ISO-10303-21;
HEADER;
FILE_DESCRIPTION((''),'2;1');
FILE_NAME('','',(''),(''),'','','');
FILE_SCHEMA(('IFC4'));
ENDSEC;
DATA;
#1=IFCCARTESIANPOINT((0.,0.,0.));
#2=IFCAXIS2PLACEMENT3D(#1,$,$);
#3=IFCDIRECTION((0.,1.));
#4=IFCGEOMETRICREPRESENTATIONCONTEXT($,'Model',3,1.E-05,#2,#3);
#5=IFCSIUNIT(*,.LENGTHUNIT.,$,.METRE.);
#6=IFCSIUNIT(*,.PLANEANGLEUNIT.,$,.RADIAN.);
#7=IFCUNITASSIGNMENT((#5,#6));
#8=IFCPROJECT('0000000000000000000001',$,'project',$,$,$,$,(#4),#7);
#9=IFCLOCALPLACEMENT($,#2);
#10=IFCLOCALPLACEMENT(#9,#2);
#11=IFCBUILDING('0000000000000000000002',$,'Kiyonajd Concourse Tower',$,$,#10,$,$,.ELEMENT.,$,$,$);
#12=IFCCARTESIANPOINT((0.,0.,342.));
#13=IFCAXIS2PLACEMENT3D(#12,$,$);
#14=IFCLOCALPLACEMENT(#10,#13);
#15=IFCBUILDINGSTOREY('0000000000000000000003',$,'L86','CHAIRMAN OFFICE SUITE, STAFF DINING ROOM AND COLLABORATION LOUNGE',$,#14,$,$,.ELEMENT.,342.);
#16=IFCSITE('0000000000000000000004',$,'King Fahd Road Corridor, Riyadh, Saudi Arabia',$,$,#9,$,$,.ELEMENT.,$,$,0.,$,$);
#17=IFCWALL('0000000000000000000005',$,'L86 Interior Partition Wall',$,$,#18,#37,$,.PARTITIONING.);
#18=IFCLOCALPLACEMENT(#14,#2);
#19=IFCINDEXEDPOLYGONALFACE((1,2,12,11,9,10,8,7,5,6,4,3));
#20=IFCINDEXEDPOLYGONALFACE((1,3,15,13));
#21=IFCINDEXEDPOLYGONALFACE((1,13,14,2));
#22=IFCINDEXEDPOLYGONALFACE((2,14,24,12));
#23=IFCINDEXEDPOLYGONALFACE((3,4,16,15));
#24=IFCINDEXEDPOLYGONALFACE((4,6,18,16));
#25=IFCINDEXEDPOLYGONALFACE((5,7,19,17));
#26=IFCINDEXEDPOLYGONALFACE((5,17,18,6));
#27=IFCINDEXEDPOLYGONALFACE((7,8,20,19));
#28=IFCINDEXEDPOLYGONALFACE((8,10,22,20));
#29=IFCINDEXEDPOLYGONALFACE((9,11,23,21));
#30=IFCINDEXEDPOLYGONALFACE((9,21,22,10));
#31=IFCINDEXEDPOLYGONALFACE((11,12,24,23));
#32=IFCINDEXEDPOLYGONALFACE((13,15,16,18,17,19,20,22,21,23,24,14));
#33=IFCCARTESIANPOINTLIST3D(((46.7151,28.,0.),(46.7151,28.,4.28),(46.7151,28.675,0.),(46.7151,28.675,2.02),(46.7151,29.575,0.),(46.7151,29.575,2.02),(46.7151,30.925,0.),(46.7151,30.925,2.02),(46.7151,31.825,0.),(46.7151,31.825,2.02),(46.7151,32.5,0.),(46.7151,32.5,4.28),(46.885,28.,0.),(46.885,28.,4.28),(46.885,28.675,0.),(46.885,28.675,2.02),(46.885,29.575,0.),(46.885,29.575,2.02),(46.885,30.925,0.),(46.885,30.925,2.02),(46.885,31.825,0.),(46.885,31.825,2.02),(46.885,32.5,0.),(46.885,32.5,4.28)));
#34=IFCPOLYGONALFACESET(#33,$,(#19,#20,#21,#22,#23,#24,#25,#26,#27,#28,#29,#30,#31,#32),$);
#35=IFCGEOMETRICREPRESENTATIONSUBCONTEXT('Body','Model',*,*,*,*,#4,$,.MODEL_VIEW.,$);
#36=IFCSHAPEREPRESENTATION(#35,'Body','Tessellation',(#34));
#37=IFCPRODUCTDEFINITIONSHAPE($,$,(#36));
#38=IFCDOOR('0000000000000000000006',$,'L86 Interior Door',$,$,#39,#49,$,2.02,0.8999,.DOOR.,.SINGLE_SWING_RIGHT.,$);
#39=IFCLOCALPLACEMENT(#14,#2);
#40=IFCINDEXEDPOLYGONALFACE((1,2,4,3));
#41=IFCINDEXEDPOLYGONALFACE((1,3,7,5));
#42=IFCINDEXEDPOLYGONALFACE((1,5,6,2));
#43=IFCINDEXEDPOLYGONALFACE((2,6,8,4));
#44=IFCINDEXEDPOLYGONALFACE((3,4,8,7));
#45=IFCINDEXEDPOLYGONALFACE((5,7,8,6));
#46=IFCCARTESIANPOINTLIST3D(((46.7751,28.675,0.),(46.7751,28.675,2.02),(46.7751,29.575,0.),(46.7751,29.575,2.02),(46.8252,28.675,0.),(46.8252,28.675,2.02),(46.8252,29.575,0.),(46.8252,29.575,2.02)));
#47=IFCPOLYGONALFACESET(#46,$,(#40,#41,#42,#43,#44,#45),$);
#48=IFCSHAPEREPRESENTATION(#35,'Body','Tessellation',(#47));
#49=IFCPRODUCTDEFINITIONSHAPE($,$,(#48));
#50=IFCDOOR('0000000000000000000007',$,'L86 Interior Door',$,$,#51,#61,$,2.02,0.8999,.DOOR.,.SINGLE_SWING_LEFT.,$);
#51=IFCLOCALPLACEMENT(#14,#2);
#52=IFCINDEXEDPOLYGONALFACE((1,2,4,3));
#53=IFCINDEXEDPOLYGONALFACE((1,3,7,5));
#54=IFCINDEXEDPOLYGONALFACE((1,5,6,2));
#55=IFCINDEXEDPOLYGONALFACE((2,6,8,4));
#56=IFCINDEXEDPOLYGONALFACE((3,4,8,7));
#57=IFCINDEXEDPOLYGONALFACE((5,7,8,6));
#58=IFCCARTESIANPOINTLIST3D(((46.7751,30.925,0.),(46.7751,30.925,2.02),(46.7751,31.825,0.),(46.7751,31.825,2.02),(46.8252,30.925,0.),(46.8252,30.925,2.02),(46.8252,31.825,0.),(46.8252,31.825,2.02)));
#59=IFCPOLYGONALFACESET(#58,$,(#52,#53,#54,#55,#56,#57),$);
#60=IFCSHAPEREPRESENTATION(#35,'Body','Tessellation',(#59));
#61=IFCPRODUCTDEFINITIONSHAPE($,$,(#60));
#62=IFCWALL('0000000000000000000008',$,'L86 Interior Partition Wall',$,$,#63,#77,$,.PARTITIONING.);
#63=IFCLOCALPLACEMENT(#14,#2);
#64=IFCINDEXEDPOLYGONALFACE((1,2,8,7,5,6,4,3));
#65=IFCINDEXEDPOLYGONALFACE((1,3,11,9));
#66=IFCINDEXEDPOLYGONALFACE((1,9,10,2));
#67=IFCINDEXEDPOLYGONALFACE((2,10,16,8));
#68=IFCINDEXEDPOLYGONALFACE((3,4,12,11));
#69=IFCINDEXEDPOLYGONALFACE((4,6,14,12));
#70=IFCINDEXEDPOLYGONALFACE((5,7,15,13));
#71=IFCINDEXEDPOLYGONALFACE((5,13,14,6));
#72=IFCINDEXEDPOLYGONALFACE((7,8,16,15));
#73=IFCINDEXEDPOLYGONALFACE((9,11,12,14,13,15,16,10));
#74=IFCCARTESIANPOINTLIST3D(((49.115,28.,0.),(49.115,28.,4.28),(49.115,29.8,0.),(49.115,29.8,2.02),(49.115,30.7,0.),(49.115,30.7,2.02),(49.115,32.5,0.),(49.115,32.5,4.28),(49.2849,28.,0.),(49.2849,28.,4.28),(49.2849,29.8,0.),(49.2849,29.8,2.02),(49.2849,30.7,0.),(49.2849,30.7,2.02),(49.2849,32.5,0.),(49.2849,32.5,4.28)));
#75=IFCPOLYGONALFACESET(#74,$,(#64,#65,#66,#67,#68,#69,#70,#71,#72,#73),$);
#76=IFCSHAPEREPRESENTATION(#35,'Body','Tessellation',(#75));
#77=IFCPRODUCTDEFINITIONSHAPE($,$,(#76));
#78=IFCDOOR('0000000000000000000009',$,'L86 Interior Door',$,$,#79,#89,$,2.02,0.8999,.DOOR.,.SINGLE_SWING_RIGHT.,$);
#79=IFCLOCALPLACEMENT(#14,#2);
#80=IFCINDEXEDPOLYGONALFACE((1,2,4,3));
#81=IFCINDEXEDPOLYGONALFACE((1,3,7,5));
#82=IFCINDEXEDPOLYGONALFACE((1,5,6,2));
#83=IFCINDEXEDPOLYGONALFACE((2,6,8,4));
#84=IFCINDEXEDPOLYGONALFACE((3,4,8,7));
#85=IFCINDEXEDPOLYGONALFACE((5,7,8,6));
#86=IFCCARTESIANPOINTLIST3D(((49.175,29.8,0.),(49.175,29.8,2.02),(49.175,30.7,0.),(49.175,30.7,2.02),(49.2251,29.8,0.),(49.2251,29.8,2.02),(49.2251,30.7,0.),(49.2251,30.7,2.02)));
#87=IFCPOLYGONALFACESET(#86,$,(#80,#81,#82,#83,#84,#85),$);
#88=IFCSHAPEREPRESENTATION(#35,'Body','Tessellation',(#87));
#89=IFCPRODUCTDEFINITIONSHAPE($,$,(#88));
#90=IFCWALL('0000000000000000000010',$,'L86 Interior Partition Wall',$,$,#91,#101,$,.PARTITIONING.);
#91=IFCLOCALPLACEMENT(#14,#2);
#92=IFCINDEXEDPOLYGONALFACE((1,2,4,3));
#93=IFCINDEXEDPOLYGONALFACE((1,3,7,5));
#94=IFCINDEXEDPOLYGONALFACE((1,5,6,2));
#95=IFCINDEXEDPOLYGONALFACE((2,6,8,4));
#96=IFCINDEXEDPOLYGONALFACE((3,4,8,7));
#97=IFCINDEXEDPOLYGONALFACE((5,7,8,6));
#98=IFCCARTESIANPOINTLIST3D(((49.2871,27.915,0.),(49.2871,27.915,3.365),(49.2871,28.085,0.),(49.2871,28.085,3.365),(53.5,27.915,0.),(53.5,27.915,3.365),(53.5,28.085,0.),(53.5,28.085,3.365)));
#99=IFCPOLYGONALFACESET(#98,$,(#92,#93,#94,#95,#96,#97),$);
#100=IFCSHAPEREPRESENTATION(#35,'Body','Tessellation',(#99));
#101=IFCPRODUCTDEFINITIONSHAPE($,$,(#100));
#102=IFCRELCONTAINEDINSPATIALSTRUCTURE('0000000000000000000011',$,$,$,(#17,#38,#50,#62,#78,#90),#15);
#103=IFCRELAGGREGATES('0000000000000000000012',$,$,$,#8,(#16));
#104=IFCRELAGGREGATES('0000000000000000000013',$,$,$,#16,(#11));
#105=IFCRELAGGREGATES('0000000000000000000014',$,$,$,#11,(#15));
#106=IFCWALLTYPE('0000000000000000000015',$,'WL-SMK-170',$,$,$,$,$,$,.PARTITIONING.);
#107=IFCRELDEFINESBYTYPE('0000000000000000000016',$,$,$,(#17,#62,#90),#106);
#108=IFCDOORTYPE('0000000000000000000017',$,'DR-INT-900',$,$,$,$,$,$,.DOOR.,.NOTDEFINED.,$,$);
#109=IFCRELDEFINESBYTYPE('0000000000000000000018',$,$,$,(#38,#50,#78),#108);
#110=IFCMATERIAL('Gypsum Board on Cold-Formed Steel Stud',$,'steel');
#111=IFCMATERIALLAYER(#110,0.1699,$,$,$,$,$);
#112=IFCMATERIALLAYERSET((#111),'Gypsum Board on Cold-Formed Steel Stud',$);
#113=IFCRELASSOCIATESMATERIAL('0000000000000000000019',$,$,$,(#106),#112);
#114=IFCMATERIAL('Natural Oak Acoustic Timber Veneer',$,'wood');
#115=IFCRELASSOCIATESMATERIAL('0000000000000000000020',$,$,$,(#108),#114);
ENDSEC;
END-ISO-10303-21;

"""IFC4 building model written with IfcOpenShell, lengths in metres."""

from ifc_helpers import new_model, si_unit, direction, frame, frame_2d, origin, place, context, subcontext, project, spatial, rectangle, extrude, material, layer, layer_set, type_object, element, fill, save


model = new_model("IFC4")

# Units and contexts
model_context = context("Model", 3, precision=1e-05, world=origin(), true_north=direction((0.0, 1.0)))
body_context = subcontext(model_context, "Body", "Model", "MODEL_VIEW")
ifc_project = project(units=[si_unit("LENGTHUNIT", "METRE"), si_unit("PLANEANGLEUNIT", "RADIAN")], contexts=[model_context])

# Site, building, storey
site_placement = place(None, origin())
site = spatial("IfcSite", under=ifc_project, at=site_placement, Name="King Fahd Road Corridor, Riyadh, Saudi Arabia", CompositionType="ELEMENT", RefElevation=0.0)
building_placement = place(site_placement, origin())
building = spatial("IfcBuilding", under=site, at=building_placement, Name="Kiyonajd Concourse Tower", CompositionType="ELEMENT")
storey_placement = place(building_placement, frame((0.0, 0.0, 342.0)))
storey = spatial("IfcBuildingStorey", under=building, at=storey_placement, Name="L86", Description="CHAIRMAN OFFICE SUITE, STAFF DINING ROOM AND COLLABORATION LOUNGE", CompositionType="ELEMENT", Elevation=342.0)

# Shared definitions
ifc_material_1 = material(Name="Gypsum Board on Cold-Formed Steel Stud", Category="steel")
ifc_layer = layer(ifc_material_1, 0.1699)
ifc_layer_set = layer_set([ifc_layer], Name="Gypsum Board on Cold-Formed Steel Stud")
wall_type = type_object("IfcWallType", Name="WL-SMK-170", PredefinedType="PARTITIONING", material=ifc_layer_set)
ifc_material_2 = material(Name="Natural Oak Acoustic Timber Veneer", Category="wood")
door_type = type_object("IfcDoorType", Name="DR-INT-900", OperationType="NOTDEFINED", PredefinedType="DOOR", material=ifc_material_2)

# Wall, openings, doors
wall_1_placement = place(storey_placement, frame((46.8, 28.0, 0.0), z_axis=(0.0, 0.0, 1.0), x_axis=(0.0, 1.0, 0.0)))
wall_1 = element("IfcWall", 1, at=wall_1_placement, inside=storey, type_object=wall_type, Name="L86 Interior Partition Wall", PredefinedType="PARTITIONING", context=body_context, shape_type="SweptSolid", body=[
    extrude(rectangle(XDim=4.5, YDim=0.1699, at=frame_2d((2.25, 0.0))), origin(), (0.0, 0.0, 1.0), 4.28),
])
opening_1_placement = place(wall_1_placement, frame((0.675, 0.0, 0.0)))
opening_1 = element("IfcOpeningElement", 2, at=opening_1_placement, cuts=wall_1, PredefinedType="OPENING", context=body_context, shape_type="SweptSolid", body=[
    extrude(rectangle(XDim=0.8999, YDim=2.02, at=frame_2d((0.45, 1.01))), frame((0.0, 0.095, 0.0), z_axis=(0.0, -1.0, 0.0), x_axis=(1.0, 0.0, 0.0)), (0.0, 0.0, 1.0), 0.1899),
])
opening_2_placement = place(wall_1_placement, frame((2.925, 0.0, 0.0)))
opening_2 = element("IfcOpeningElement", 3, at=opening_2_placement, cuts=wall_1, PredefinedType="OPENING", context=body_context, shape_type="SweptSolid", body=[
    extrude(rectangle(XDim=0.8999, YDim=2.02, at=frame_2d((0.45, 1.01))), frame((0.0, 0.095, 0.0), z_axis=(0.0, -1.0, 0.0), x_axis=(1.0, 0.0, 0.0)), (0.0, 0.0, 1.0), 0.1899),
])
door_1_placement = place(opening_1_placement, origin())
door_1 = element("IfcDoor", 4, at=door_1_placement, inside=storey, type_object=door_type, Name="L86 Interior Door", OperationType="SINGLE_SWING_RIGHT", OverallHeight=2.02, OverallWidth=0.8999, PredefinedType="DOOR", context=body_context, shape_type="SweptSolid", body=[
    extrude(rectangle(XDim=0.8999, YDim=2.02, at=frame_2d((0.45, 1.01))), frame((0.0, 0.0249, 0.0), z_axis=(0.0, -1.0, 0.0), x_axis=(1.0, 0.0, 0.0)), (0.0, 0.0, 1.0), 0.05),
])
fill(opening_1, door_1)
door_2_placement = place(opening_2_placement, origin())
door_2 = element("IfcDoor", 5, at=door_2_placement, inside=storey, type_object=door_type, Name="L86 Interior Door", OperationType="SINGLE_SWING_LEFT", OverallHeight=2.02, OverallWidth=0.8999, PredefinedType="DOOR", context=body_context, shape_type="SweptSolid", body=[
    extrude(rectangle(XDim=0.8999, YDim=2.02, at=frame_2d((0.45, 1.01))), frame((0.0, 0.0249, 0.0), z_axis=(0.0, -1.0, 0.0), x_axis=(1.0, 0.0, 0.0)), (0.0, 0.0, 1.0), 0.05),
])
fill(opening_2, door_2)

# Wall, opening, door
wall_2_placement = place(storey_placement, frame((49.2, 28.0, 0.0), z_axis=(0.0, 0.0, 1.0), x_axis=(0.0, 1.0, 0.0)))
wall_2 = element("IfcWall", 6, at=wall_2_placement, inside=storey, type_object=wall_type, Name="L86 Interior Partition Wall", PredefinedType="PARTITIONING", context=body_context, shape_type="SweptSolid", body=[
    extrude(rectangle(XDim=4.5, YDim=0.1699, at=frame_2d((2.25, 0.0))), origin(), (0.0, 0.0, 1.0), 4.28),
])
opening_3_placement = place(wall_2_placement, frame((1.8, 0.0, 0.0)))
opening_3 = element("IfcOpeningElement", 7, at=opening_3_placement, cuts=wall_2, PredefinedType="OPENING", context=body_context, shape_type="SweptSolid", body=[
    extrude(rectangle(XDim=0.8999, YDim=2.02, at=frame_2d((0.45, 1.01))), frame((0.0, 0.095, 0.0), z_axis=(0.0, -1.0, 0.0), x_axis=(1.0, 0.0, 0.0)), (0.0, 0.0, 1.0), 0.1899),
])
door_3_placement = place(opening_3_placement, origin())
door_3 = element("IfcDoor", 8, at=door_3_placement, inside=storey, type_object=door_type, Name="L86 Interior Door", OperationType="SINGLE_SWING_RIGHT", OverallHeight=2.02, OverallWidth=0.8999, PredefinedType="DOOR", context=body_context, shape_type="SweptSolid", body=[
    extrude(rectangle(XDim=0.8999, YDim=2.02, at=frame_2d((0.45, 1.01))), frame((0.0, 0.0249, 0.0), z_axis=(0.0, -1.0, 0.0), x_axis=(1.0, 0.0, 0.0)), (0.0, 0.0, 1.0), 0.05),
])
fill(opening_3, door_3)

# Wall
wall_3_placement = place(storey_placement, frame((49.2871, 28.0, 0.0), z_axis=(0.0, 0.0, 1.0), x_axis=(1.0, 0.0, 0.0)))
element("IfcWall", 9, at=wall_3_placement, inside=storey, type_object=wall_type, Name="L86 Interior Partition Wall", PredefinedType="PARTITIONING", context=body_context, shape_type="SweptSolid", body=[
    extrude(rectangle(XDim=4.2129, YDim=0.1699, at=frame_2d((2.1064, 0.0))), origin(), (0.0, 0.0, 1.0), 3.365),
])

save(model, "model.ifc")
